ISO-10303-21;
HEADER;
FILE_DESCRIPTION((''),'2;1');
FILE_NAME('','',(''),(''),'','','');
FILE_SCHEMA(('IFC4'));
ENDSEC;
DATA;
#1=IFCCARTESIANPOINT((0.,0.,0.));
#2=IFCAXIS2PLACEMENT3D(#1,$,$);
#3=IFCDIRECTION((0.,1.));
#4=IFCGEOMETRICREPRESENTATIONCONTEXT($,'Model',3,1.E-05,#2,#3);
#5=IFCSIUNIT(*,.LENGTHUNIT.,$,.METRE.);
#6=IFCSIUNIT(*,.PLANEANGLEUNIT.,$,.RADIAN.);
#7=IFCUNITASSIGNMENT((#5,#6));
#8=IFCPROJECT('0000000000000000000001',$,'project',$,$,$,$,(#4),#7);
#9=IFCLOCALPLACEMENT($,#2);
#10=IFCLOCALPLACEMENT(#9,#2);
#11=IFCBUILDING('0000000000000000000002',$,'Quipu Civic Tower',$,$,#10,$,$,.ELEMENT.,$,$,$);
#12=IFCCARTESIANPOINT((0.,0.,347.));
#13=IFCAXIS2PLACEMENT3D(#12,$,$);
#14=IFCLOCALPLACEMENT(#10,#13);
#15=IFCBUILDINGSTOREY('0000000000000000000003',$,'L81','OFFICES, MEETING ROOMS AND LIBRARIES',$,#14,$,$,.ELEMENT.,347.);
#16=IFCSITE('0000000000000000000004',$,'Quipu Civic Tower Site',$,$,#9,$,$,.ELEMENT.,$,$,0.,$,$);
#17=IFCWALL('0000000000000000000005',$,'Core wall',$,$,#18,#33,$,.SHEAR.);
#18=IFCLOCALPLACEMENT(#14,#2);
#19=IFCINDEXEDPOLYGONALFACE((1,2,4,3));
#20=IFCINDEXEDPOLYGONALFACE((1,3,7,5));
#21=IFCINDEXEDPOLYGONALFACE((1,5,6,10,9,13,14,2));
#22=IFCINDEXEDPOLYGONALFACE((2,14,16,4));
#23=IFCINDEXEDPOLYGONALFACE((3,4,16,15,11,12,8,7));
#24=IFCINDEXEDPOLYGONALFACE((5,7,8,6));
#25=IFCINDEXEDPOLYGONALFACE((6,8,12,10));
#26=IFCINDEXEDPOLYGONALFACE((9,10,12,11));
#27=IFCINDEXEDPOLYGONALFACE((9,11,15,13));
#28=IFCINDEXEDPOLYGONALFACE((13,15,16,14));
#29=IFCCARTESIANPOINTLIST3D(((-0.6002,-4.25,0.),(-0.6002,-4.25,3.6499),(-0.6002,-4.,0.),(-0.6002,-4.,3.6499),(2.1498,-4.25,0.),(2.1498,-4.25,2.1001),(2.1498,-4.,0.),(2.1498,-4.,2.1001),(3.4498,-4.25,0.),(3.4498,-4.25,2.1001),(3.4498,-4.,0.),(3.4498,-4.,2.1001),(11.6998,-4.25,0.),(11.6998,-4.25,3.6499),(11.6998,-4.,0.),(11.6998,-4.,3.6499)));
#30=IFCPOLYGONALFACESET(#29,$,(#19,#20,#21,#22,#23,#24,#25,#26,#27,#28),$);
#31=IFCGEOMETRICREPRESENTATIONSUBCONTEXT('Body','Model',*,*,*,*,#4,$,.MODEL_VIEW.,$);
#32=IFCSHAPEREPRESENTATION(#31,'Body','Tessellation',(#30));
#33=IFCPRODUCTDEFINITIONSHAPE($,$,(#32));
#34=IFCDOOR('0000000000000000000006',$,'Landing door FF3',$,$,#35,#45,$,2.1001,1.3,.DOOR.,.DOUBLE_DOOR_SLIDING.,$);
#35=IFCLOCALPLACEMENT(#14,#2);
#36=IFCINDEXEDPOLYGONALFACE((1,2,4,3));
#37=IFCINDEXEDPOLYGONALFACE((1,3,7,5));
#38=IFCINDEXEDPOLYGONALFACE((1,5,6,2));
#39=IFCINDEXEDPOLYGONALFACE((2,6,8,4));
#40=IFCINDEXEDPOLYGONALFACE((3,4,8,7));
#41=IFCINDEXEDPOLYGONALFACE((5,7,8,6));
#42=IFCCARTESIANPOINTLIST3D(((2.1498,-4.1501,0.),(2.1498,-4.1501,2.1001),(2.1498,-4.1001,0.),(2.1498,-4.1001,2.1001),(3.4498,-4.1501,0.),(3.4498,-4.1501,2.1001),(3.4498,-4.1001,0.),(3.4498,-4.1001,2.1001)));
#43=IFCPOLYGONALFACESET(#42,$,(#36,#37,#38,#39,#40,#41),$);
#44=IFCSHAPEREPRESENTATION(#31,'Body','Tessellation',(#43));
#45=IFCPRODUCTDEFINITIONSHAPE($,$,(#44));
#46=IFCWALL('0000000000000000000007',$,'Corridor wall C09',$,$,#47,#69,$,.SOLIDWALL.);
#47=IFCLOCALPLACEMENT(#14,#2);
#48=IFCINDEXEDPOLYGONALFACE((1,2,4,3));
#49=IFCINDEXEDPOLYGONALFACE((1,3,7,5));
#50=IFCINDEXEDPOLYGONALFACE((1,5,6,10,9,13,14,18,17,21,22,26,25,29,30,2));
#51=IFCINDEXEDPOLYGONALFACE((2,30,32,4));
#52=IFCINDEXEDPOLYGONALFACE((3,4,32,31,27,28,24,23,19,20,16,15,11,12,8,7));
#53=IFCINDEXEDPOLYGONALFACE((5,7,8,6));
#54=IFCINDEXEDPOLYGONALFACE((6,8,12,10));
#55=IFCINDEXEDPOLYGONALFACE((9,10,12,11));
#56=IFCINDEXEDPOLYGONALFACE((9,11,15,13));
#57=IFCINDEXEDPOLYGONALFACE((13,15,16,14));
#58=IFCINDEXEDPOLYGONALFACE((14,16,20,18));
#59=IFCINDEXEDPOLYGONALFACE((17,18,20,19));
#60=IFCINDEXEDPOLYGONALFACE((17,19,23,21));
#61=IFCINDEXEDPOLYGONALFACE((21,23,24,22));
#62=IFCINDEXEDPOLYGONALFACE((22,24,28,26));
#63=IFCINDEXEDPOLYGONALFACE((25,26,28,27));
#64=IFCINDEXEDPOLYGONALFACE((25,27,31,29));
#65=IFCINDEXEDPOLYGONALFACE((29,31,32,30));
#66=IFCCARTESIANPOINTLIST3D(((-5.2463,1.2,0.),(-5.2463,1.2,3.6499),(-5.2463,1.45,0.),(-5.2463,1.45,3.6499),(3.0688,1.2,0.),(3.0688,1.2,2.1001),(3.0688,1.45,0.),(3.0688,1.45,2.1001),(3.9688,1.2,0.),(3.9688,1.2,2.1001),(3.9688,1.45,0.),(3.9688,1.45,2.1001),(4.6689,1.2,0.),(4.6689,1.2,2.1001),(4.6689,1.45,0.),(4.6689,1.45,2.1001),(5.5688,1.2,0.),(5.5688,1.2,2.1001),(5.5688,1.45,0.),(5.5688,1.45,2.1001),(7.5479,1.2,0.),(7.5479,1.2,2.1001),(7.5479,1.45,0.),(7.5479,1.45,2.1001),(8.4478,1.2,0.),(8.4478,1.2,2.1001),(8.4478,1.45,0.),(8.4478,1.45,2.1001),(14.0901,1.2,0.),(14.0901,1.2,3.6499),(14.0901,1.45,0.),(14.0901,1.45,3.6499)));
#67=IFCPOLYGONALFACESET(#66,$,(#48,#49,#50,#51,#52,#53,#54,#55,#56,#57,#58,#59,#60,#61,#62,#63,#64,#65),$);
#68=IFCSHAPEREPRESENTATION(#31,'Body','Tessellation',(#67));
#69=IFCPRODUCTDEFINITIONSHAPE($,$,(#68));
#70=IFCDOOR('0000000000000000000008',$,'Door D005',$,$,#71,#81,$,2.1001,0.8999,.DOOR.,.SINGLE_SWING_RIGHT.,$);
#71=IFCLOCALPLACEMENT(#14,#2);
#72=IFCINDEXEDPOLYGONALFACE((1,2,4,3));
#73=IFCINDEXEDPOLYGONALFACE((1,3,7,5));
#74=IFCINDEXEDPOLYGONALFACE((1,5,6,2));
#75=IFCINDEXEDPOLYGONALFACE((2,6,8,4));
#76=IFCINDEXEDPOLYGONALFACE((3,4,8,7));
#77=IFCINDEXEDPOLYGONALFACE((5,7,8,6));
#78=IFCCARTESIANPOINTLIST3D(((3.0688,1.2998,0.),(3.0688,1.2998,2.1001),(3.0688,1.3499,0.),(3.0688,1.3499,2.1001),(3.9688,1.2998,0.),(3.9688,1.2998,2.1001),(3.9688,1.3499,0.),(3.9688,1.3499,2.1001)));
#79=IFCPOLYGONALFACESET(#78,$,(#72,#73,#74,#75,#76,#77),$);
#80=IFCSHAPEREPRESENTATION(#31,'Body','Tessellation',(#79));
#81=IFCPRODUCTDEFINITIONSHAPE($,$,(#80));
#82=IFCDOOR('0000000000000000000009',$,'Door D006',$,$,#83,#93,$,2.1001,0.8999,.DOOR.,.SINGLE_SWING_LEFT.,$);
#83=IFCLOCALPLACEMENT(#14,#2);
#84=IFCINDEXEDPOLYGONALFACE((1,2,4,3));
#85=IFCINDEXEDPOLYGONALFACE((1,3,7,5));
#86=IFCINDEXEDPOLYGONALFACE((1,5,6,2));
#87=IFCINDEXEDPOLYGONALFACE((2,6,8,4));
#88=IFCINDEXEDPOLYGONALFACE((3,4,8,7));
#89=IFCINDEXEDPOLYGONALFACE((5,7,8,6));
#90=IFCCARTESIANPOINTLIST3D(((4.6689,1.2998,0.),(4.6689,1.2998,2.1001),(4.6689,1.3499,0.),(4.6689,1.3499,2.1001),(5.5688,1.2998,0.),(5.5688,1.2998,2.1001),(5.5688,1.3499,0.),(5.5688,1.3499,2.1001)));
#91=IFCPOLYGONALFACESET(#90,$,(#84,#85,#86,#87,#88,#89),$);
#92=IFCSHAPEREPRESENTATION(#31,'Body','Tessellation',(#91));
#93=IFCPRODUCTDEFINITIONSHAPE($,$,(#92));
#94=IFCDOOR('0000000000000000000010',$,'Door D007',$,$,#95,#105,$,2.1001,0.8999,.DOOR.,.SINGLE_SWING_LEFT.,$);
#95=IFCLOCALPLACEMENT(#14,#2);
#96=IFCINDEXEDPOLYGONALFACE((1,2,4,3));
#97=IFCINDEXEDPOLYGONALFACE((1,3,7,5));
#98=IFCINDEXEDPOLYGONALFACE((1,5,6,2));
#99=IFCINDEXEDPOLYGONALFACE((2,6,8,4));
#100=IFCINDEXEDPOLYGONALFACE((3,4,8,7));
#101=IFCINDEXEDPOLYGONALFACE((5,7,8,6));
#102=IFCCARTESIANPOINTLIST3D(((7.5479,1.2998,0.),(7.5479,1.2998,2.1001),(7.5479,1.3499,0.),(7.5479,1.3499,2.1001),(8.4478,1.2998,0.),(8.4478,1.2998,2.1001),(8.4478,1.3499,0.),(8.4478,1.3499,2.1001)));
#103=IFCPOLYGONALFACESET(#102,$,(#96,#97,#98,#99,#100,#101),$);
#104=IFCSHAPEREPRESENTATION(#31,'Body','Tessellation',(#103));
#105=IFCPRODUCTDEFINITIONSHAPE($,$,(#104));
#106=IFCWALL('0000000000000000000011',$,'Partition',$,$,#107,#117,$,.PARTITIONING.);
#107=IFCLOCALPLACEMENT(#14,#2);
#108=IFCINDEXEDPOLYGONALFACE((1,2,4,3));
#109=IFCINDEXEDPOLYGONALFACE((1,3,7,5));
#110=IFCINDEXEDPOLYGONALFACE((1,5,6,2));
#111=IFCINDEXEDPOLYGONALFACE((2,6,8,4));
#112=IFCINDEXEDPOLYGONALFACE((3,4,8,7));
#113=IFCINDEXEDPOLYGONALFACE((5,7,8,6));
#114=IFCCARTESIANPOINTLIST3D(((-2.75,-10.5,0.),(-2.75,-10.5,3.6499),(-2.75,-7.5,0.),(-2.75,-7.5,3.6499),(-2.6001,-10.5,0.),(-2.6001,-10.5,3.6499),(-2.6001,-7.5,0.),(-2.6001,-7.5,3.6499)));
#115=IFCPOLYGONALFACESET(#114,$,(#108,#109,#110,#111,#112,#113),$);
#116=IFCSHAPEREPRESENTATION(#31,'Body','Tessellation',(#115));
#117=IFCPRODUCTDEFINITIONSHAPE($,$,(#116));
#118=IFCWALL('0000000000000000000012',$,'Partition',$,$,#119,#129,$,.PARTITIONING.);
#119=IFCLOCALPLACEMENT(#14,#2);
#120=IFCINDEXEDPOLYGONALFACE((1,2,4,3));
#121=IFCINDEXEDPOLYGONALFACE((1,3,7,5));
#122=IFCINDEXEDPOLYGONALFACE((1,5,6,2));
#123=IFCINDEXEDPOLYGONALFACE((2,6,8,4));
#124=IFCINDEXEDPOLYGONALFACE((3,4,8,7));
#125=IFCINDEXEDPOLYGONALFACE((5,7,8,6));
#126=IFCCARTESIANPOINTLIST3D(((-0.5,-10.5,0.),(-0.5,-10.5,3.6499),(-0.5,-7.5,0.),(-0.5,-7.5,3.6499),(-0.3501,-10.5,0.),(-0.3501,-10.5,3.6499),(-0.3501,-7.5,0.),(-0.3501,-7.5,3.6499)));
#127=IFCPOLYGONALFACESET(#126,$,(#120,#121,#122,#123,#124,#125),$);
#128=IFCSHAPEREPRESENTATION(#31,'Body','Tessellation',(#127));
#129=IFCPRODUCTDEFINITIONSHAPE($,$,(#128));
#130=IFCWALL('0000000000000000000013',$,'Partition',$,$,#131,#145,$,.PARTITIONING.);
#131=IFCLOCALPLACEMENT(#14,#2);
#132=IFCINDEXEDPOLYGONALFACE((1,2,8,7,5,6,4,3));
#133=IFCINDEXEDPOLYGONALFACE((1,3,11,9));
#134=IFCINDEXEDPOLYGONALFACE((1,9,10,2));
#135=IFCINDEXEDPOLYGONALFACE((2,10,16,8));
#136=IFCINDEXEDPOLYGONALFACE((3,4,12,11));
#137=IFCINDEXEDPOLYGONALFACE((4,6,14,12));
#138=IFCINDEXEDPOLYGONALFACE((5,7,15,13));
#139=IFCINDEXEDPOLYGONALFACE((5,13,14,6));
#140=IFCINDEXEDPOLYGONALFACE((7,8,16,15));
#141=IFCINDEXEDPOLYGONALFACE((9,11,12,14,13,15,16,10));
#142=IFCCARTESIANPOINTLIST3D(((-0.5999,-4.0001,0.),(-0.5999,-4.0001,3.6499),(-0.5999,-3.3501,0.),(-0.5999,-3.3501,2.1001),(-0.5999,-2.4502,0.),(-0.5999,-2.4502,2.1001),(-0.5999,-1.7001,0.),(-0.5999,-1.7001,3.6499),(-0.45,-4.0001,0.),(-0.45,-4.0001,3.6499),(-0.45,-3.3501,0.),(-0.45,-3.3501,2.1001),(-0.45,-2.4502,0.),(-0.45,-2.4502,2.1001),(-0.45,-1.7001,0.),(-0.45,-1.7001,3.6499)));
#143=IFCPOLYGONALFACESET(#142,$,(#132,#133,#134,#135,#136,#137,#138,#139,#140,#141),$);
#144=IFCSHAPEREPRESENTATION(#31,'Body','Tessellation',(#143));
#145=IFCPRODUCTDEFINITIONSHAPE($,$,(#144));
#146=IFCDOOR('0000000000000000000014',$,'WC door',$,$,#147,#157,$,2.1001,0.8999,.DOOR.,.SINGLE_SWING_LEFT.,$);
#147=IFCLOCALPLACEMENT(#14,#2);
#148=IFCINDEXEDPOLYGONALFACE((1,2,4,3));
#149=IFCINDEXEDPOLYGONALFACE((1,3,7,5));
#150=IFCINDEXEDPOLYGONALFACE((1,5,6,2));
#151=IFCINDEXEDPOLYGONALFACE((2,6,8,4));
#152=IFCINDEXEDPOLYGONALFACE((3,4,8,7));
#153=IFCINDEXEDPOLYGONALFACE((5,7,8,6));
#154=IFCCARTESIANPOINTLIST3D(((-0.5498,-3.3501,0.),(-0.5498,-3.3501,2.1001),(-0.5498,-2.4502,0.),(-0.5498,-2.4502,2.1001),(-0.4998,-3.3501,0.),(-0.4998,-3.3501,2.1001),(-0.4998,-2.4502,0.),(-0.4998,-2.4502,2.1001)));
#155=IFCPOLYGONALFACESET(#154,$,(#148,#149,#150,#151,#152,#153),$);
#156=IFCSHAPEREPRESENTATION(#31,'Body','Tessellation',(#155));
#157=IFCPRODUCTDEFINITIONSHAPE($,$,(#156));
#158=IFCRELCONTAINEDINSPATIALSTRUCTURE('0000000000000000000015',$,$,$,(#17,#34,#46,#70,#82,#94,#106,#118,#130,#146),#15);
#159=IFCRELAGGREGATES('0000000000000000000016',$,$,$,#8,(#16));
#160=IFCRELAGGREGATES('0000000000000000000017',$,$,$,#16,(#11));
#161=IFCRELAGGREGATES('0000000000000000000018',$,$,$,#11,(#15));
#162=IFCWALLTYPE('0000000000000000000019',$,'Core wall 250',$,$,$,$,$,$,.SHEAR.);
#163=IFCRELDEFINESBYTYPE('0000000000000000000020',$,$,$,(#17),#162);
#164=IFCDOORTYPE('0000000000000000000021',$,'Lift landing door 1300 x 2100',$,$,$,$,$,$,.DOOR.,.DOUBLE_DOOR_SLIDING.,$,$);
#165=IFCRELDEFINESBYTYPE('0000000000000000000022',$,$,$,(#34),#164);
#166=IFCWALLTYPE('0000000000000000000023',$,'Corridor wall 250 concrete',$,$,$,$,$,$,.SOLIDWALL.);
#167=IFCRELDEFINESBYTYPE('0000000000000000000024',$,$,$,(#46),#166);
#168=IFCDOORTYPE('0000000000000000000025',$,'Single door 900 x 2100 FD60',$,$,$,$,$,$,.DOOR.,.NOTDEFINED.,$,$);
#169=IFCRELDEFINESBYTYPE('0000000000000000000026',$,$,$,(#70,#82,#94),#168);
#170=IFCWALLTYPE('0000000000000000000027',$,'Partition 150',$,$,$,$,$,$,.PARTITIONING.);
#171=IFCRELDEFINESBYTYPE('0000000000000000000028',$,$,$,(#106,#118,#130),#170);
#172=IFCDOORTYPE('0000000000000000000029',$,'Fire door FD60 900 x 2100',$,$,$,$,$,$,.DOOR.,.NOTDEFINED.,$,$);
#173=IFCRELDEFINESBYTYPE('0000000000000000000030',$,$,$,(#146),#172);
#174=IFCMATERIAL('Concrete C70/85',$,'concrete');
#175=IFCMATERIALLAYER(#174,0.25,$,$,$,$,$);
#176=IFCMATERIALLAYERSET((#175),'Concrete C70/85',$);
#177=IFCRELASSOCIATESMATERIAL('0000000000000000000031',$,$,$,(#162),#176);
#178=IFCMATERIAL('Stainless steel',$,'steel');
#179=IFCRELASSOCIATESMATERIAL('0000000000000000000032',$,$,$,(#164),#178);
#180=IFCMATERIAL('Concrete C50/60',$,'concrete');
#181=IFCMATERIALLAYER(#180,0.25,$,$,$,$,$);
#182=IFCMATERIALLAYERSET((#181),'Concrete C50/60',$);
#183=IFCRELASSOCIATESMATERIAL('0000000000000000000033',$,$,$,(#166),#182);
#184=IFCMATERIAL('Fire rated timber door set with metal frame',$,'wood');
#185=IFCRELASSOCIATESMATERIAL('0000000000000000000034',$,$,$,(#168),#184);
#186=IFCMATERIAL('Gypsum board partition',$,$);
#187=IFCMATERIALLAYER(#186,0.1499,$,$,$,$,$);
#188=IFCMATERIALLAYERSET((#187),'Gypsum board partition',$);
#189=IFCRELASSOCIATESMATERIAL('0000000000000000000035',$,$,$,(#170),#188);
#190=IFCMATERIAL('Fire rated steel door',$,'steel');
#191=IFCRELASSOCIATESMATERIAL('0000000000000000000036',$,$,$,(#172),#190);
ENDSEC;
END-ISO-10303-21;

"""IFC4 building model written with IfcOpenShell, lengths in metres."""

from ifc_helpers import new_model, si_unit, direction, frame, frame_2d, origin, place, context, subcontext, project, spatial, rectangle, extrude, material, layer, layer_set, type_object, element, fill, save


model = new_model("IFC4")

# Units and contexts
model_context = context("Model", 3, precision=1e-05, world=origin(), true_north=direction((0.0, 1.0)))
body_context = subcontext(model_context, "Body", "Model", "MODEL_VIEW")
ifc_project = project(units=[si_unit("LENGTHUNIT", "METRE"), si_unit("PLANEANGLEUNIT", "RADIAN")], contexts=[model_context])

# Site, building, storey
site_placement = place(None, origin())
site = spatial("IfcSite", under=ifc_project, at=site_placement, Name="Quipu Civic Tower Site", CompositionType="ELEMENT", RefElevation=0.0)
building_placement = place(site_placement, origin())
building = spatial("IfcBuilding", under=site, at=building_placement, Name="Quipu Civic Tower", CompositionType="ELEMENT")
storey_placement = place(building_placement, frame((0.0, 0.0, 347.0)))
storey = spatial("IfcBuildingStorey", under=building, at=storey_placement, Name="L81", Description="OFFICES, MEETING ROOMS AND LIBRARIES", CompositionType="ELEMENT", Elevation=347.0)

# Wall, opening, door
ifc_material_1 = material(Name="Concrete C70/85", Category="concrete")
ifc_layer_1 = layer(ifc_material_1, 0.25)
ifc_layer_set_1 = layer_set([ifc_layer_1], Name="Concrete C70/85")
wall_type_1 = type_object("IfcWallType", Name="Core wall 250", PredefinedType="SHEAR", material=ifc_layer_set_1)
wall_1_placement = place(storey_placement, frame((-0.6001, -4.125, 0.0), z_axis=(0.0, 0.0, 1.0), x_axis=(1.0, 0.0, 0.0)))
wall_1 = element("IfcWall", 1, at=wall_1_placement, inside=storey, type_object=wall_type_1, Name="Core wall", PredefinedType="SHEAR", context=body_context, shape_type="SweptSolid", body=[
    extrude(rectangle(XDim=12.3, YDim=0.25, at=frame_2d((6.1499, 0.0))), origin(), (0.0, 0.0, 1.0), 3.6499),
])
opening_1_placement = place(wall_1_placement, frame((2.75, 0.0, 0.0)))
opening_1 = element("IfcOpeningElement", 2, at=opening_1_placement, cuts=wall_1, PredefinedType="OPENING", context=body_context, shape_type="SweptSolid", body=[
    extrude(rectangle(XDim=1.3, YDim=2.1001, at=frame_2d((0.6499, 1.05))), frame((0.0, 0.135, 0.0), z_axis=(0.0, -1.0, 0.0), x_axis=(1.0, 0.0, 0.0)), (0.0, 0.0, 1.0), 0.27),
])
ifc_material_2 = material(Name="Stainless steel", Category="steel")
door_type_1 = type_object("IfcDoorType", Name="Lift landing door 1300 x 2100", OperationType="DOUBLE_DOOR_SLIDING", PredefinedType="DOOR", material=ifc_material_2)
door_1_placement = place(opening_1_placement, origin())
door_1 = element("IfcDoor", 3, at=door_1_placement, inside=storey, type_object=door_type_1, Name="Landing door FF3", OperationType="DOUBLE_DOOR_SLIDING", OverallHeight=2.1001, OverallWidth=1.3, PredefinedType="DOOR", context=body_context, shape_type="SweptSolid", body=[
    extrude(rectangle(XDim=1.3, YDim=2.1001, at=frame_2d((0.6499, 1.05))), frame((0.0, 0.0249, 0.0), z_axis=(0.0, -1.0, 0.0), x_axis=(1.0, 0.0, 0.0)), (0.0, 0.0, 1.0), 0.05),
])
fill(opening_1, door_1)

# Wall, openings, doors
ifc_material_3 = material(Name="Concrete C50/60", Category="concrete")
ifc_layer_2 = layer(ifc_material_3, 0.25)
ifc_layer_set_2 = layer_set([ifc_layer_2], Name="Concrete C50/60")
wall_type_2 = type_object("IfcWallType", Name="Corridor wall 250 concrete", PredefinedType="SOLIDWALL", material=ifc_layer_set_2)
wall_2_placement = place(storey_placement, frame((-5.2463, 1.325, 0.0), z_axis=(0.0, 0.0, 1.0), x_axis=(1.0, 0.0, 0.0)))
wall_2 = element("IfcWall", 4, at=wall_2_placement, inside=storey, type_object=wall_type_2, Name="Corridor wall C09", PredefinedType="SOLIDWALL", context=body_context, shape_type="SweptSolid", body=[
    extrude(rectangle(XDim=19.3364, YDim=0.25, at=frame_2d((9.6682, 0.0))), origin(), (0.0, 0.0, 1.0), 3.6499),
])
opening_2_placement = place(wall_2_placement, frame((8.3152, 0.0, 0.0)))
opening_2 = element("IfcOpeningElement", 5, at=opening_2_placement, cuts=wall_2, PredefinedType="OPENING", context=body_context, shape_type="SweptSolid", body=[
    extrude(rectangle(XDim=0.8999, YDim=2.1001, at=frame_2d((0.45, 1.05))), frame((0.0, 0.135, 0.0), z_axis=(0.0, -1.0, 0.0), x_axis=(1.0, 0.0, 0.0)), (0.0, 0.0, 1.0), 0.27),
])
opening_3_placement = place(wall_2_placement, frame((9.9153, 0.0, 0.0)))
opening_3 = element("IfcOpeningElement", 6, at=opening_3_placement, cuts=wall_2, PredefinedType="OPENING", context=body_context, shape_type="SweptSolid", body=[
    extrude(rectangle(XDim=0.8999, YDim=2.1001, at=frame_2d((0.45, 1.05))), frame((0.0, 0.135, 0.0), z_axis=(0.0, -1.0, 0.0), x_axis=(1.0, 0.0, 0.0)), (0.0, 0.0, 1.0), 0.27),
])
opening_4_placement = place(wall_2_placement, frame((12.7942, 0.0, 0.0)))
opening_4 = element("IfcOpeningElement", 7, at=opening_4_placement, cuts=wall_2, PredefinedType="OPENING", context=body_context, shape_type="SweptSolid", body=[
    extrude(rectangle(XDim=0.8999, YDim=2.1001, at=frame_2d((0.45, 1.05))), frame((0.0, 0.135, 0.0), z_axis=(0.0, -1.0, 0.0), x_axis=(1.0, 0.0, 0.0)), (0.0, 0.0, 1.0), 0.27),
])
ifc_material_4 = material(Name="Fire rated timber door set with metal frame", Category="wood")
door_type_2 = type_object("IfcDoorType", Name="Single door 900 x 2100 FD60", OperationType="NOTDEFINED", PredefinedType="DOOR", material=ifc_material_4)
door_2_placement = place(opening_2_placement, origin())
door_2 = element("IfcDoor", 8, at=door_2_placement, inside=storey, type_object=door_type_2, Name="Door D005", OperationType="SINGLE_SWING_RIGHT", OverallHeight=2.1001, OverallWidth=0.8999, PredefinedType="DOOR", context=body_context, shape_type="SweptSolid", body=[
    extrude(rectangle(XDim=0.8999, YDim=2.1001, at=frame_2d((0.45, 1.05))), frame((0.0, 0.0249, 0.0), z_axis=(0.0, -1.0, 0.0), x_axis=(1.0, 0.0, 0.0)), (0.0, 0.0, 1.0), 0.05),
])
fill(opening_2, door_2)
door_3_placement = place(opening_3_placement, origin())
door_3 = element("IfcDoor", 9, at=door_3_placement, inside=storey, type_object=door_type_2, Name="Door D006", OperationType="SINGLE_SWING_LEFT", OverallHeight=2.1001, OverallWidth=0.8999, PredefinedType="DOOR", context=body_context, shape_type="SweptSolid", body=[
    extrude(rectangle(XDim=0.8999, YDim=2.1001, at=frame_2d((0.45, 1.05))), frame((0.0, 0.0249, 0.0), z_axis=(0.0, -1.0, 0.0), x_axis=(1.0, 0.0, 0.0)), (0.0, 0.0, 1.0), 0.05),
])
fill(opening_3, door_3)
door_4_placement = place(opening_4_placement, origin())
door_4 = element("IfcDoor", 10, at=door_4_placement, inside=storey, type_object=door_type_2, Name="Door D007", OperationType="SINGLE_SWING_LEFT", OverallHeight=2.1001, OverallWidth=0.8999, PredefinedType="DOOR", context=body_context, shape_type="SweptSolid", body=[
    extrude(rectangle(XDim=0.8999, YDim=2.1001, at=frame_2d((0.45, 1.05))), frame((0.0, 0.0249, 0.0), z_axis=(0.0, -1.0, 0.0), x_axis=(1.0, 0.0, 0.0)), (0.0, 0.0, 1.0), 0.05),
])
fill(opening_4, door_4)

# Walls
ifc_material_5 = material(Name="Gypsum board partition")
ifc_layer_3 = layer(ifc_material_5, 0.1499)
ifc_layer_set_3 = layer_set([ifc_layer_3], Name="Gypsum board partition")
wall_type_3 = type_object("IfcWallType", Name="Partition 150", PredefinedType="PARTITIONING", material=ifc_layer_set_3)
for number, where, z_axis, x_axis, name in (
    (11, (-2.675, -10.5, 0.0), (0.0, 0.0, 1.0), (0.0, 1.0, 0.0), "Partition"),
    (12, (-0.425, -10.5, 0.0), (0.0, 0.0, 1.0), (0.0, 1.0, 0.0), "Partition"),
):
    element("IfcWall", number, at=place(storey_placement, frame(where, z_axis=z_axis, x_axis=x_axis)), inside=storey, type_object=wall_type_3, Name=name, PredefinedType="PARTITIONING", context=body_context, shape_type="SweptSolid", body=[
        extrude(rectangle(XDim=3.0, YDim=0.1499, at=frame_2d((1.5, 0.0))), origin(), (0.0, 0.0, 1.0), 3.6499),
    ])

# Wall, opening, door
wall_3_placement = place(storey_placement, frame((-0.5249, -4.0, 0.0), z_axis=(0.0, 0.0, 1.0), x_axis=(0.0, 1.0, 0.0)))
wall_3 = element("IfcWall", 13, at=wall_3_placement, inside=storey, type_object=wall_type_3, Name="Partition", PredefinedType="PARTITIONING", context=body_context, shape_type="SweptSolid", body=[
    extrude(rectangle(XDim=2.3, YDim=0.1499, at=frame_2d((1.1499, 0.0))), origin(), (0.0, 0.0, 1.0), 3.6499),
])
opening_5_placement = place(wall_3_placement, frame((0.6499, 0.0, 0.0)))
opening_5 = element("IfcOpeningElement", 14, at=opening_5_placement, cuts=wall_3, PredefinedType="OPENING", context=body_context, shape_type="SweptSolid", body=[
    extrude(rectangle(XDim=0.8999, YDim=2.1001, at=frame_2d((0.45, 1.05))), frame((0.0, 0.085, 0.0), z_axis=(0.0, -1.0, 0.0), x_axis=(1.0, 0.0, 0.0)), (0.0, 0.0, 1.0), 0.1699),
])
ifc_material_6 = material(Name="Fire rated steel door", Category="steel")
door_type_3 = type_object("IfcDoorType", Name="Fire door FD60 900 x 2100", OperationType="NOTDEFINED", PredefinedType="DOOR", material=ifc_material_6)
door_5_placement = place(opening_5_placement, origin())
door_5 = element("IfcDoor", 15, at=door_5_placement, inside=storey, type_object=door_type_3, Name="WC door", OperationType="SINGLE_SWING_LEFT", OverallHeight=2.1001, OverallWidth=0.8999, PredefinedType="DOOR", context=body_context, shape_type="SweptSolid", body=[
    extrude(rectangle(XDim=0.8999, YDim=2.1001, at=frame_2d((0.45, 1.05))), frame((0.0, 0.0249, 0.0), z_axis=(0.0, -1.0, 0.0), x_axis=(1.0, 0.0, 0.0)), (0.0, 0.0, 1.0), 0.05),
])
fill(opening_5, door_5)

save(model, "model.ifc")
